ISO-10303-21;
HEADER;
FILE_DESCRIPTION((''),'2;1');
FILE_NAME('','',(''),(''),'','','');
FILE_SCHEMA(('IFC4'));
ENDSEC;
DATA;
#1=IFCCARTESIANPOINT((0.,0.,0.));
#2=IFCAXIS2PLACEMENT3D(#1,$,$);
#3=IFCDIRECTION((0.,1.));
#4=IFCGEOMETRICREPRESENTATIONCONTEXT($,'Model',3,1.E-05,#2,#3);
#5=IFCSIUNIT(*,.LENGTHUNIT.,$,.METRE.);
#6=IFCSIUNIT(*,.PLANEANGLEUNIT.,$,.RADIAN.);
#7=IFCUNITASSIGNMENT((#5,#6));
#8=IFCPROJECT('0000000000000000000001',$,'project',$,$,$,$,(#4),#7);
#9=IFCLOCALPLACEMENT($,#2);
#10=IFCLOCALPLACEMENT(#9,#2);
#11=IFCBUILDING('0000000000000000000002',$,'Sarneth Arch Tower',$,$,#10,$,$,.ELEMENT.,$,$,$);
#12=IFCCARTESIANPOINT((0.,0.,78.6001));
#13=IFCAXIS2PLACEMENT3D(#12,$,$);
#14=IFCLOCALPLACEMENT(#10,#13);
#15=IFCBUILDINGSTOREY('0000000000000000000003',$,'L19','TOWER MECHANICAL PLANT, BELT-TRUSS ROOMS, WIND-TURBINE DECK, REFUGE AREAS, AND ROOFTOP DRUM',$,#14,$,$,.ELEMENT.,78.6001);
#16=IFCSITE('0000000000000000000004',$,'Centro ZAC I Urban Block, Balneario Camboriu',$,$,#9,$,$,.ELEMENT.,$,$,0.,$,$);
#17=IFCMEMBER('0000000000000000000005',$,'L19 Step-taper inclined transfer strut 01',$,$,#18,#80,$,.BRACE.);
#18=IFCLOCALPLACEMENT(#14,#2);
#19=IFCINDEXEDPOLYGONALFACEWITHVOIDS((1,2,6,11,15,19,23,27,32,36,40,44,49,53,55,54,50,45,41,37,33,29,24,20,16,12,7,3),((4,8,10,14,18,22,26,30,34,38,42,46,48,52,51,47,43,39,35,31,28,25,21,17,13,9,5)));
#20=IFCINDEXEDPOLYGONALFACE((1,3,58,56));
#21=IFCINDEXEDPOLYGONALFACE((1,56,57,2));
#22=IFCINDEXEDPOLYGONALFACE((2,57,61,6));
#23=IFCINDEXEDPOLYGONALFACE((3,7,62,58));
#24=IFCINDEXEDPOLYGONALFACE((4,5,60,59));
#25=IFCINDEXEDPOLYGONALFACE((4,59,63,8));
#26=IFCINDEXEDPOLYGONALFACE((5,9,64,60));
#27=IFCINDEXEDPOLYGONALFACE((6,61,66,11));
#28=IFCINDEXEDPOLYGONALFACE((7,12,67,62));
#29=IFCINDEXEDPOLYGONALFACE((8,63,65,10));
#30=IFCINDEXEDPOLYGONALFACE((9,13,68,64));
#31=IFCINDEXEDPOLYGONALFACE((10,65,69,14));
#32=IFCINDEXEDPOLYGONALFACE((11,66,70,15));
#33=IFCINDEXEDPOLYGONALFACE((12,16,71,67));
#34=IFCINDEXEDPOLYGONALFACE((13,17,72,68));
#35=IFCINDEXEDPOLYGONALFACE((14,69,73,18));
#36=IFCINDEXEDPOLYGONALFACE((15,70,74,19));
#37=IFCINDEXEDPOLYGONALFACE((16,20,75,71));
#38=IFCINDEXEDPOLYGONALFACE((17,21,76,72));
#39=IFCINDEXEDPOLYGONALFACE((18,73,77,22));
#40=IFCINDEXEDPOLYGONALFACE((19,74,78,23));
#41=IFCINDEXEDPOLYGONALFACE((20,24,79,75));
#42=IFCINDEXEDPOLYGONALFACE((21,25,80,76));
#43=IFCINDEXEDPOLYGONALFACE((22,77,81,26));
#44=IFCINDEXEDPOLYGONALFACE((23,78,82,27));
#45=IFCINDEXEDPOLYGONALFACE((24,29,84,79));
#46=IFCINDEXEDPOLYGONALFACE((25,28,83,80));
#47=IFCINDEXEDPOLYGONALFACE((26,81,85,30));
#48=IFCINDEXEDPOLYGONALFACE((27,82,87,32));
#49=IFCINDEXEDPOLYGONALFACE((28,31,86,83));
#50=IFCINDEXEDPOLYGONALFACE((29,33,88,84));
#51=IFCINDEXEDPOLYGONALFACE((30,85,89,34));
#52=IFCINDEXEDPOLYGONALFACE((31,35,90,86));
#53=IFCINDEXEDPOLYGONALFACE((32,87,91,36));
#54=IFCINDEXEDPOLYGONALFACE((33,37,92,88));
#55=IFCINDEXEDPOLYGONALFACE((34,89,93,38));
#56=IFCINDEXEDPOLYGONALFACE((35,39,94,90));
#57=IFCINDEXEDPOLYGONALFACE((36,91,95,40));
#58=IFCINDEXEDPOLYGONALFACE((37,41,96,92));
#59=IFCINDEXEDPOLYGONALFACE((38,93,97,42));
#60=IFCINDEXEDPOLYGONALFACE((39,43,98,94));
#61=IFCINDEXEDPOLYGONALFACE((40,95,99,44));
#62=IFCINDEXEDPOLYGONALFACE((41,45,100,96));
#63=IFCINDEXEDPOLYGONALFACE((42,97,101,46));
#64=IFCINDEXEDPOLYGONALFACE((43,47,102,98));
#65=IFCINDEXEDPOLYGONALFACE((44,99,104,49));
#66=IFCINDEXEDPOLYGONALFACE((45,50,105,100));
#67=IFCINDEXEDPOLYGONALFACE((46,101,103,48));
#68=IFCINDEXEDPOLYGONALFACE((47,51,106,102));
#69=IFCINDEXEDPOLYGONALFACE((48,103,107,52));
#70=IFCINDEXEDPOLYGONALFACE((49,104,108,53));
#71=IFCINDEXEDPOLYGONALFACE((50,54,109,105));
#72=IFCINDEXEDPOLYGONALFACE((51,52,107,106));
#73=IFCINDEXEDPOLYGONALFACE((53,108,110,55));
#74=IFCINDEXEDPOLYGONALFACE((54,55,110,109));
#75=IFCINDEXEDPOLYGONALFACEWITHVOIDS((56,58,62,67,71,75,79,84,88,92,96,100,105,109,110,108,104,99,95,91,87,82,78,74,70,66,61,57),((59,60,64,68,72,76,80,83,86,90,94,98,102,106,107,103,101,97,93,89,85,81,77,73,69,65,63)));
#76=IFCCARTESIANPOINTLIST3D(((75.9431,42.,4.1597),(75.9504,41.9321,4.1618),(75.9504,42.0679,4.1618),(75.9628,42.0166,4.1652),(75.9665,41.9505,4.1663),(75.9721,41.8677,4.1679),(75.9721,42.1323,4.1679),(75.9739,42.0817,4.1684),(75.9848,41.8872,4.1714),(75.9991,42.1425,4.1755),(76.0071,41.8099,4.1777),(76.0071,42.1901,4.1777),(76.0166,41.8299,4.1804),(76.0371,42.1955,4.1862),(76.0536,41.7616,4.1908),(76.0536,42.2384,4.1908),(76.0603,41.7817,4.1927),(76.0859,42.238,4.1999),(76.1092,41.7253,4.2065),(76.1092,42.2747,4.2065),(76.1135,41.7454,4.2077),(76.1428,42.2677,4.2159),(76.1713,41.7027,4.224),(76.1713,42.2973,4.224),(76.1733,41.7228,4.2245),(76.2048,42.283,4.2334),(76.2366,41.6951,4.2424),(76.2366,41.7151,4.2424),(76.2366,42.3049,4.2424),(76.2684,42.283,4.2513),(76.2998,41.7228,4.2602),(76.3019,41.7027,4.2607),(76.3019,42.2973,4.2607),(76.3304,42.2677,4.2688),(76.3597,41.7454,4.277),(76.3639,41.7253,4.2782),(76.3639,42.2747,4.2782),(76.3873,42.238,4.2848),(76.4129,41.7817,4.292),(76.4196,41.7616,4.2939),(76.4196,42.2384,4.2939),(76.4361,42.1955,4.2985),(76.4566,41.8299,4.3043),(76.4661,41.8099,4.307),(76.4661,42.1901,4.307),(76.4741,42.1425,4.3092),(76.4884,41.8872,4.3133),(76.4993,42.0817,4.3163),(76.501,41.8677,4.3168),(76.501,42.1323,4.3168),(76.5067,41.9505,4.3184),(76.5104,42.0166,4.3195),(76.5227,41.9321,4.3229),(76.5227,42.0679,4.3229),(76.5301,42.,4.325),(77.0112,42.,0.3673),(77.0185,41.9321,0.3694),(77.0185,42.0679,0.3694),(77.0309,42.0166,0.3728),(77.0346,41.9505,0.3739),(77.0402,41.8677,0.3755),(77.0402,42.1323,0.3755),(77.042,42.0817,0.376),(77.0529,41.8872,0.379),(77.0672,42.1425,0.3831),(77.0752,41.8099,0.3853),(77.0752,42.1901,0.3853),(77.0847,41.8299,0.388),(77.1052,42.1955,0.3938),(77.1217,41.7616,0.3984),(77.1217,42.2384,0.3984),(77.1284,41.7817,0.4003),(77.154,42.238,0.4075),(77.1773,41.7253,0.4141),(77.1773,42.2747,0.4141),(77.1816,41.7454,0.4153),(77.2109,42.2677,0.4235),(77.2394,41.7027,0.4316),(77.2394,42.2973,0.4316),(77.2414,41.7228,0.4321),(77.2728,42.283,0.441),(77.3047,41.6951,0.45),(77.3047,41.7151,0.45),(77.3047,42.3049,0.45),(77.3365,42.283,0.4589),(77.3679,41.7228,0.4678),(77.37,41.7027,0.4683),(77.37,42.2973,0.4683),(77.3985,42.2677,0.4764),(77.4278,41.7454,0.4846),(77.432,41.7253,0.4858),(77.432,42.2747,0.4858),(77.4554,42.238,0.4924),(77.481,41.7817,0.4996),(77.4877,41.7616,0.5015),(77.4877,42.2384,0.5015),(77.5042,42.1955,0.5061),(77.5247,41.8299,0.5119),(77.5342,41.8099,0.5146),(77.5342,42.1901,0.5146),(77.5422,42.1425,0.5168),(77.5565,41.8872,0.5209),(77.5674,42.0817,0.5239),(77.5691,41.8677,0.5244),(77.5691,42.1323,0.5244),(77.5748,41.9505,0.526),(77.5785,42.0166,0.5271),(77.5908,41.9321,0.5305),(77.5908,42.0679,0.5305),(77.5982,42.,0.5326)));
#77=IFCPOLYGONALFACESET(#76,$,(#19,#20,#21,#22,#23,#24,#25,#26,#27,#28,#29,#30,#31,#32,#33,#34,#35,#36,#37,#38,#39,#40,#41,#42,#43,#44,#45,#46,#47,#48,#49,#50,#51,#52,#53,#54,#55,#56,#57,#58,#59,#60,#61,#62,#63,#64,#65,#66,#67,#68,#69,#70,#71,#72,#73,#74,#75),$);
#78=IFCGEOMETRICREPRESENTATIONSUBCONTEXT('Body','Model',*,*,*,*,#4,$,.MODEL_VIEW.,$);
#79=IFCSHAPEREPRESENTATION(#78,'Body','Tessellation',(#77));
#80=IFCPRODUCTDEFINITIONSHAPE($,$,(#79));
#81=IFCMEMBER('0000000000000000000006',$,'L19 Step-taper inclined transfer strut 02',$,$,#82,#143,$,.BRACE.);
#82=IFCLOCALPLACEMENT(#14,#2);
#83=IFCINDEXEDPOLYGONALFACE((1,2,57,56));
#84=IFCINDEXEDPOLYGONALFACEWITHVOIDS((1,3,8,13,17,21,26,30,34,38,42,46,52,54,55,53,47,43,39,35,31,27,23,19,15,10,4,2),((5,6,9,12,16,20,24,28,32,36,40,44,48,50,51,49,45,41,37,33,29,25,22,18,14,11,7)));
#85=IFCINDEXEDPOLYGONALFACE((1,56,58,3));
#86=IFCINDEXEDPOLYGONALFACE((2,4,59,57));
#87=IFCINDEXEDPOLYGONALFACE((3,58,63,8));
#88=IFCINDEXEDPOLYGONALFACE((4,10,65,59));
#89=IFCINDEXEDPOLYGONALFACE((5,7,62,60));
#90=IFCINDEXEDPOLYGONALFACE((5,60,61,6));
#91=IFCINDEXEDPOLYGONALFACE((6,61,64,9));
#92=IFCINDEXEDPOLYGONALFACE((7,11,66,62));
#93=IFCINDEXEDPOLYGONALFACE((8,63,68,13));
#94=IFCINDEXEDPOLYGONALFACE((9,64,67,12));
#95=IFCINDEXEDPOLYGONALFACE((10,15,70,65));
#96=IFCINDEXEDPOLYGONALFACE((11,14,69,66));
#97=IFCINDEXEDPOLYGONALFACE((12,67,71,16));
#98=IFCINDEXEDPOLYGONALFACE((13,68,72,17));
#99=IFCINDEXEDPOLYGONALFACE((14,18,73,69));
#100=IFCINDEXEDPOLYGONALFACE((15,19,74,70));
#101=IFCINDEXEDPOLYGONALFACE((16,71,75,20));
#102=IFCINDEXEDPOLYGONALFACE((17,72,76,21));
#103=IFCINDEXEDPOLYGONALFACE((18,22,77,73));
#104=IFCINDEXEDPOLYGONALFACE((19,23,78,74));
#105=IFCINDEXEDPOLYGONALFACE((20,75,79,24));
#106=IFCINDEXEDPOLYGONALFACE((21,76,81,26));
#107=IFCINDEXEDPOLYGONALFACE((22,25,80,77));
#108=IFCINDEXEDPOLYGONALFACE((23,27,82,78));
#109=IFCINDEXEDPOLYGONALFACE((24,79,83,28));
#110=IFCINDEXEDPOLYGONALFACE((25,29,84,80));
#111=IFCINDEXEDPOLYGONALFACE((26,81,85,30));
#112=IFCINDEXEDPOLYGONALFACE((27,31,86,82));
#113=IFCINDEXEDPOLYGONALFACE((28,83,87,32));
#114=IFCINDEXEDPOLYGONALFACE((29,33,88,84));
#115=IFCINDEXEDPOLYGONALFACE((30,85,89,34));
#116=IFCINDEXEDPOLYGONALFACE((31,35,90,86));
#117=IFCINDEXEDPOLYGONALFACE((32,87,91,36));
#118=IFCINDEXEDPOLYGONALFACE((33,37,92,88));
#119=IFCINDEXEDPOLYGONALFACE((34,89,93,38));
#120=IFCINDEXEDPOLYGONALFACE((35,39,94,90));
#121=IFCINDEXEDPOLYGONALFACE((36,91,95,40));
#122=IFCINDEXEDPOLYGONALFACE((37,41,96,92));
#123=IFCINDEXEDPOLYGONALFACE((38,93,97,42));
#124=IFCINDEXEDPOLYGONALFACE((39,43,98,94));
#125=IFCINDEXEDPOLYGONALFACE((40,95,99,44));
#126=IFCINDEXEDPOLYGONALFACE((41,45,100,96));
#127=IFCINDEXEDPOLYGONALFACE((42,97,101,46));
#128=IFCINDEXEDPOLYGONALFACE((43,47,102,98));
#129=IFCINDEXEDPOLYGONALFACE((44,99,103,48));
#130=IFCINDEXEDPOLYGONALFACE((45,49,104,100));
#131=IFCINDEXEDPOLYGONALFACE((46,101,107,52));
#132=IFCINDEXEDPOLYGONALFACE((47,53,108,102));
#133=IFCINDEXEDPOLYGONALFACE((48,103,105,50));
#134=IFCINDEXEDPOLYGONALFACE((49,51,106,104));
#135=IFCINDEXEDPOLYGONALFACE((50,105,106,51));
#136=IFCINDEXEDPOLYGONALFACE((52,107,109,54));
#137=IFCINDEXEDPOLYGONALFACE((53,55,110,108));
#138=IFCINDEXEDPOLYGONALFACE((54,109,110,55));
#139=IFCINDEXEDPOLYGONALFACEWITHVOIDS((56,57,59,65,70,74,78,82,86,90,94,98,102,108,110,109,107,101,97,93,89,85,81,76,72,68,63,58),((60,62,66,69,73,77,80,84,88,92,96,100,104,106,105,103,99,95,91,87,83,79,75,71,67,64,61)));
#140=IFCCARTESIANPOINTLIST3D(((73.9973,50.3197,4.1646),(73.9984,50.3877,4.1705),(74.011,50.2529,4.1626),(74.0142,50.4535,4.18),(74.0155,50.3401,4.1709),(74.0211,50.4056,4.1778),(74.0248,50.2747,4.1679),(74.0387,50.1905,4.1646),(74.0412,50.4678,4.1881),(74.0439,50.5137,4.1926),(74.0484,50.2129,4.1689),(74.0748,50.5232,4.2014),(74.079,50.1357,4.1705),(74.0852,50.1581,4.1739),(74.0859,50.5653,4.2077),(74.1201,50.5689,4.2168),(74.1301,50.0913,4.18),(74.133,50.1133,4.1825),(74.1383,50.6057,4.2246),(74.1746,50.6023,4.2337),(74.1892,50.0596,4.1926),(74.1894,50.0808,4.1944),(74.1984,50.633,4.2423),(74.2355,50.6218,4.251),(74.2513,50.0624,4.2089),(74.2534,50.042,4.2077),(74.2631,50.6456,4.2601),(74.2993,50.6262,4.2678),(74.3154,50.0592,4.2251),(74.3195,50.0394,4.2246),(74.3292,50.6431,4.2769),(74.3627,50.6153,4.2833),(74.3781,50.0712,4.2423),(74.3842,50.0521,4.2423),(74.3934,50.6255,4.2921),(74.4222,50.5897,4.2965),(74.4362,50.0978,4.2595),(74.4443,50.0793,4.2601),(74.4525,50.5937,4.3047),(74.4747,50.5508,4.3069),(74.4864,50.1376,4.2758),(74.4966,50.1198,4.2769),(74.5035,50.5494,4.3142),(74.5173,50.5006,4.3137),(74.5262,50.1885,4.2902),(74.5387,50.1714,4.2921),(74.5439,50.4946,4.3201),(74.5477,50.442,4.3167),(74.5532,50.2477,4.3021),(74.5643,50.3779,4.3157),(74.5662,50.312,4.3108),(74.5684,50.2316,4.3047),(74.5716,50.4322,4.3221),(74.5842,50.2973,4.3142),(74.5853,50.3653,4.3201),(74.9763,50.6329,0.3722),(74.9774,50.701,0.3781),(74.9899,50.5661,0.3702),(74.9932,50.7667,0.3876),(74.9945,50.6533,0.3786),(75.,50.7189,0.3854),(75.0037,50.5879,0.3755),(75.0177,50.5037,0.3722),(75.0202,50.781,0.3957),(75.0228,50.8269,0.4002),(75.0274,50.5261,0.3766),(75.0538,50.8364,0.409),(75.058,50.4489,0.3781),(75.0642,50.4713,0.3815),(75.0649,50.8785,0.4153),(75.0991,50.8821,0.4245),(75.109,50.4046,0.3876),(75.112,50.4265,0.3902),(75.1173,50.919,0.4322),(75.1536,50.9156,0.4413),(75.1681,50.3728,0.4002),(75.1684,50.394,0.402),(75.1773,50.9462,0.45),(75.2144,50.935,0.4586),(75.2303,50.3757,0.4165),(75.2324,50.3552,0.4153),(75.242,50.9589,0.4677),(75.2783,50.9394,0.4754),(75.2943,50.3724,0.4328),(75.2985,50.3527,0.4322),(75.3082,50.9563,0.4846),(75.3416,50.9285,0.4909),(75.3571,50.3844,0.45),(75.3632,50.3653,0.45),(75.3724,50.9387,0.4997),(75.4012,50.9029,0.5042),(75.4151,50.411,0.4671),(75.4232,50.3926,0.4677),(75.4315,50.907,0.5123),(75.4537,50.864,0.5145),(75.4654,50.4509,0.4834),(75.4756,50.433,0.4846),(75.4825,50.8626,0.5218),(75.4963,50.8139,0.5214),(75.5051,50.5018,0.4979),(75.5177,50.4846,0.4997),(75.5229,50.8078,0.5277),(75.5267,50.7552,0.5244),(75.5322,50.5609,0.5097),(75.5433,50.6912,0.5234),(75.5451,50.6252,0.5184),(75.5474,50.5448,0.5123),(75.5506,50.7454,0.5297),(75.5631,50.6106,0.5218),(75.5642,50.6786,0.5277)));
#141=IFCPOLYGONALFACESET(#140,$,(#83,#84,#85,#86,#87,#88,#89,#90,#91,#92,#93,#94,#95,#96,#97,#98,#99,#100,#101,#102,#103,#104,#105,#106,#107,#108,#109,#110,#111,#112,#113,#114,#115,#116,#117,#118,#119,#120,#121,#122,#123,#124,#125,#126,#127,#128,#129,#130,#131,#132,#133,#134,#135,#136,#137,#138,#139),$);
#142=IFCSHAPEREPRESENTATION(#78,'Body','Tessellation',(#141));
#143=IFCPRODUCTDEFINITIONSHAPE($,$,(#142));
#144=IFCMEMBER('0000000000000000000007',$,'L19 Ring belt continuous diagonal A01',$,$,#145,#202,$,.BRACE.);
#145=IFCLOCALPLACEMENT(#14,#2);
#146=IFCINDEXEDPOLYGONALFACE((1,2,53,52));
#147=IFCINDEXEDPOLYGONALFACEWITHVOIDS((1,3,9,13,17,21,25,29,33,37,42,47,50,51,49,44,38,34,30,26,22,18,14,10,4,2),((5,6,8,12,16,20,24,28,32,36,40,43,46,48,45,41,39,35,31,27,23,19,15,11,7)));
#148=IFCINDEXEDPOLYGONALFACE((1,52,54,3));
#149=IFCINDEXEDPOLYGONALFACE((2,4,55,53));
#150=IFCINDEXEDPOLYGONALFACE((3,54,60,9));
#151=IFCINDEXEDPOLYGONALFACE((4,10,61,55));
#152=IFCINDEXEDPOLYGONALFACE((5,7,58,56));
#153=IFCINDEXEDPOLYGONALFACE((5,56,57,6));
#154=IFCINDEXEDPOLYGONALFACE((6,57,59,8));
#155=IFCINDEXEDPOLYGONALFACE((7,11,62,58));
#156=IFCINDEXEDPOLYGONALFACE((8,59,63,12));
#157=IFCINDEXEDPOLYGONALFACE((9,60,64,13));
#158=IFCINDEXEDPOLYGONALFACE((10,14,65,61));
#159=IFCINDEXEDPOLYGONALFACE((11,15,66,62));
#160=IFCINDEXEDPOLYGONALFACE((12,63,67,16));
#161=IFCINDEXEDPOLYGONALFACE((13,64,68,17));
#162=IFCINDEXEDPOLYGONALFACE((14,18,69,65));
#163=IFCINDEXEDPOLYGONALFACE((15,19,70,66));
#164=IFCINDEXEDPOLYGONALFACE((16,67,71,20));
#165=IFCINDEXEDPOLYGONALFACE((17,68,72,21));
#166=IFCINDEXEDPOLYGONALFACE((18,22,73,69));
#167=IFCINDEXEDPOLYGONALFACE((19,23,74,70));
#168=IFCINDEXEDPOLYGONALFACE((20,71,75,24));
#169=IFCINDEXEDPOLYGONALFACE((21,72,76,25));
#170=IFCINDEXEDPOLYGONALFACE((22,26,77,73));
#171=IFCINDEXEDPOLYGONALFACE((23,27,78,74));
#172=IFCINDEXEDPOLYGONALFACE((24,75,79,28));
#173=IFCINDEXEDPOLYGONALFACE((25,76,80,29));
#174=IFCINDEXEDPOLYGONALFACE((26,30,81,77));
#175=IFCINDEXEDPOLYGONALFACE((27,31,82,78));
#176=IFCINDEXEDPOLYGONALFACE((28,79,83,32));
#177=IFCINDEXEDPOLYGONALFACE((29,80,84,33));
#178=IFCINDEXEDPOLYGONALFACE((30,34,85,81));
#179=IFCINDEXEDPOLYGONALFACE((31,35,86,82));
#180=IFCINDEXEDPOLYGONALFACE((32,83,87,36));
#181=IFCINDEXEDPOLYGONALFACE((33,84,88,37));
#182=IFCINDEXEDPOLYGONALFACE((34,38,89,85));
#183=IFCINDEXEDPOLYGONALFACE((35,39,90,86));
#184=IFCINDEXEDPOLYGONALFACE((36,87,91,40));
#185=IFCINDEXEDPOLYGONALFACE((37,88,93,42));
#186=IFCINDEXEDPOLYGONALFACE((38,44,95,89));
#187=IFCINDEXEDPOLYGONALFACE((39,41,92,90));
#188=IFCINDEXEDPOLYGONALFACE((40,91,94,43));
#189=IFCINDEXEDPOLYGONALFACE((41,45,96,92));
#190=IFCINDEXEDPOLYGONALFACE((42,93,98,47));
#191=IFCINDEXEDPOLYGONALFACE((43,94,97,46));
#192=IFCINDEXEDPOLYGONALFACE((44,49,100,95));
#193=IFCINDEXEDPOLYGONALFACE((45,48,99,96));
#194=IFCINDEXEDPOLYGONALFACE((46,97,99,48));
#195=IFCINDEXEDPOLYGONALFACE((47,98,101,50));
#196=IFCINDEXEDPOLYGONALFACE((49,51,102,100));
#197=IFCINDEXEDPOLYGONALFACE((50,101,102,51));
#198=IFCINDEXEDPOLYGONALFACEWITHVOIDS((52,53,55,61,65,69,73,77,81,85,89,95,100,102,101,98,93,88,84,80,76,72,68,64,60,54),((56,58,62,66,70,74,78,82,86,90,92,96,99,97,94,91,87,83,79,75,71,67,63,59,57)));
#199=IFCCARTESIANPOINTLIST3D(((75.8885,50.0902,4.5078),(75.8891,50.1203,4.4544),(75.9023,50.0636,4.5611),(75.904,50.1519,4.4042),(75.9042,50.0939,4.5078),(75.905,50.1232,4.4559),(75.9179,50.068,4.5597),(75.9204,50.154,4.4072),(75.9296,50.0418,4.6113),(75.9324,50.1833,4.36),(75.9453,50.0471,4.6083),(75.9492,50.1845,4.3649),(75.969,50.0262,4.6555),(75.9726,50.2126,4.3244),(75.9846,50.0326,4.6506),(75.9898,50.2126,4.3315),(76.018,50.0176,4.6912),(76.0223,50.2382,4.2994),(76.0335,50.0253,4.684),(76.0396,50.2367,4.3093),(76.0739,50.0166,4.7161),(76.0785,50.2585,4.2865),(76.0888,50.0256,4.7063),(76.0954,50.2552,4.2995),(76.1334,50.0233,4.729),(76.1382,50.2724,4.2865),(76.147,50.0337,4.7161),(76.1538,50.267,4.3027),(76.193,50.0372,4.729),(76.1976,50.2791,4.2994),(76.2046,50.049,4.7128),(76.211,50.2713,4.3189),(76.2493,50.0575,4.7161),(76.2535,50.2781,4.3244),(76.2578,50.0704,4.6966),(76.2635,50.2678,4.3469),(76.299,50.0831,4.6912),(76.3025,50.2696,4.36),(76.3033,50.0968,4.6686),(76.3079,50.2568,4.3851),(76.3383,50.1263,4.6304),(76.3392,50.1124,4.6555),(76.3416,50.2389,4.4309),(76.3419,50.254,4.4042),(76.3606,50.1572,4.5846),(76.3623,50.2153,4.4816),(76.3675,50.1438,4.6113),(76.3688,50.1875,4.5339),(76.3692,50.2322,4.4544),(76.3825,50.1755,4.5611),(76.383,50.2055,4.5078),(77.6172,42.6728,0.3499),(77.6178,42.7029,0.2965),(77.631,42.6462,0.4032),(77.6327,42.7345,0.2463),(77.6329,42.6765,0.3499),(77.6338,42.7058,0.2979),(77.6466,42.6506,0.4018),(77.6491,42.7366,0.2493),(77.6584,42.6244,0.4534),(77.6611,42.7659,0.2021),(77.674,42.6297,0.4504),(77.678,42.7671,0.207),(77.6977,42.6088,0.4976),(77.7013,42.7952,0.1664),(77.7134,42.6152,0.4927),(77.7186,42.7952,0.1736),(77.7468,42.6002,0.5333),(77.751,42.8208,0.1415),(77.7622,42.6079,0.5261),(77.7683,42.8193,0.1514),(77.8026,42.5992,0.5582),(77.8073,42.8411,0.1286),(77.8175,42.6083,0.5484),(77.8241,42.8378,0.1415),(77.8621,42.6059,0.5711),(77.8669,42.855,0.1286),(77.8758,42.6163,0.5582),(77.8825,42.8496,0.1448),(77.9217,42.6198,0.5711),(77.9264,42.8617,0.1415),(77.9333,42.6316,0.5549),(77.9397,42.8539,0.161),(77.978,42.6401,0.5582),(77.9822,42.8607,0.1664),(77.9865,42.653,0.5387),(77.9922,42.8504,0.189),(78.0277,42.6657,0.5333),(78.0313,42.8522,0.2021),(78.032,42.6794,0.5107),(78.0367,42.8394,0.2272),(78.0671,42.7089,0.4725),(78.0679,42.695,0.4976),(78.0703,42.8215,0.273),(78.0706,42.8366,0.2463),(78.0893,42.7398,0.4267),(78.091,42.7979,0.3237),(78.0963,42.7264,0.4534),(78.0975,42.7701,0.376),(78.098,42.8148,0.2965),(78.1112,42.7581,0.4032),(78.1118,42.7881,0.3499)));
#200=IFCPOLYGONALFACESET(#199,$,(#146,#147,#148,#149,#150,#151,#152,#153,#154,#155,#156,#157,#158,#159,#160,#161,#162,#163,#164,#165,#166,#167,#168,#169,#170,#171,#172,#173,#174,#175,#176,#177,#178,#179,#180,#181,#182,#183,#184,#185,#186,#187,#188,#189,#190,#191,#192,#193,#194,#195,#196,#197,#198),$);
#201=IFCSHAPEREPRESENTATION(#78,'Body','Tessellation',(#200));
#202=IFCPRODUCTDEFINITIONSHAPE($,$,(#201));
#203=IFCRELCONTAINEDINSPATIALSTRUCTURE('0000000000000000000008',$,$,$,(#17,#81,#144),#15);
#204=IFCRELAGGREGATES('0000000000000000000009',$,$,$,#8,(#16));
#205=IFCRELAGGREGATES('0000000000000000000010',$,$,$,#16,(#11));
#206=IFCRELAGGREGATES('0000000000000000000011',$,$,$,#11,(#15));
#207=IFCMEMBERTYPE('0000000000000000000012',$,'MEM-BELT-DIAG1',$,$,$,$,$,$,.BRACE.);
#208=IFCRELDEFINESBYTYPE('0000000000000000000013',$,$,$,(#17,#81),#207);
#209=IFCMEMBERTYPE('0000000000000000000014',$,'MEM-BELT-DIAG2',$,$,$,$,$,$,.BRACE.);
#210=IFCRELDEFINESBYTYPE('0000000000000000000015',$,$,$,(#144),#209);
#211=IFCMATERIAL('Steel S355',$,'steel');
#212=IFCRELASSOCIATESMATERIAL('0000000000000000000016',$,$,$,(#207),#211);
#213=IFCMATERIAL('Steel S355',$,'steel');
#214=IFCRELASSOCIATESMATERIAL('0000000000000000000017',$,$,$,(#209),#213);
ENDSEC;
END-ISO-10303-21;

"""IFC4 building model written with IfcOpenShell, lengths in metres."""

from ifc_helpers import new_model, si_unit, direction, frame, origin, origin_2d, place, context, subcontext, project, spatial, hollow_circle, extrude, material, material_profile, profile_set, type_object, element, save


model = new_model("IFC4")

# Units and contexts
model_context = context("Model", 3, precision=1e-05, world=origin(), true_north=direction((0.0, 1.0)))
body_context = subcontext(model_context, "Body", "Model", "MODEL_VIEW")
ifc_project = project(units=[si_unit("LENGTHUNIT", "METRE"), si_unit("PLANEANGLEUNIT", "RADIAN")], contexts=[model_context])

# Site, building, storey
site_placement = place(None, origin())
site = spatial("IfcSite", under=ifc_project, at=site_placement, Name="Centro ZAC I Urban Block, Balneario Camboriu", CompositionType="ELEMENT", RefElevation=0.0)
building_placement = place(site_placement, origin())
building = spatial("IfcBuilding", under=site, at=building_placement, Name="Sarneth Arch Tower", CompositionType="ELEMENT")
storey_placement = place(building_placement, frame((0.0, 0.0, 78.6001)))
storey = spatial("IfcBuildingStorey", under=building, at=storey_placement, Name="L19", Description="TOWER MECHANICAL PLANT, BELT-TRUSS ROOMS, WIND-TURBINE DECK, REFUGE AREAS, AND ROOFTOP DRUM", CompositionType="ELEMENT", Elevation=78.6001)

# Members
ifc_material_1 = material(Name="Steel S355", Category="steel")
ifc_material_profile_1 = material_profile(ifc_material_1, hollow_circle(Radius=0.3049, WallThickness=0.02, at=origin_2d()), Name="CHS610x20")
ifc_profile_set_1 = profile_set([ifc_material_profile_1], Name="Steel S355")
member_type_1 = type_object("IfcMemberType", Name="MEM-BELT-DIAG1", PredefinedType="BRACE", material=ifc_profile_set_1)
member_1_placement = place(storey_placement, frame((77.3047, 42.0, 0.45), z_axis=(-0.271094, 0.0, 0.962553), x_axis=(0.0, -1.0, 0.0)))
element("IfcMember", 1, at=member_1_placement, inside=storey, type_object=member_type_1, Name="L19 Step-taper inclined transfer strut 01", PredefinedType="BRACE", context=body_context, shape_type="SweptSolid", body=[
    extrude(hollow_circle(Radius=0.3049, WallThickness=0.02, at=origin_2d()), origin(), (0.0, 0.0, 1.0), 3.9399),
])
member_2_placement = place(storey_placement, frame((75.2703, 50.6558, 0.45), z_axis=(-0.249154, -0.079717, 0.965177), x_axis=(0.304733, -0.952438, 0.0)))
element("IfcMember", 2, at=member_2_placement, inside=storey, type_object=member_type_1, Name="L19 Step-taper inclined transfer strut 02", PredefinedType="BRACE", context=body_context, shape_type="SweptSolid", body=[
    extrude(hollow_circle(Radius=0.3049, WallThickness=0.02, at=origin_2d()), origin(), (0.0, 0.0, 1.0), 3.9292),
])
ifc_material_2 = material(Name="Steel S355", Category="steel")
ifc_material_profile_2 = material_profile(ifc_material_2, hollow_circle(Radius=0.2539, WallThickness=0.0161, at=origin_2d()), Name="CHS508x16")
ifc_profile_set_2 = profile_set([ifc_material_profile_2], Name="Steel S355")
member_type_2 = type_object("IfcMemberType", Name="MEM-BELT-DIAG2", PredefinedType="BRACE", material=ifc_profile_set_2)
member_3_placement = place(storey_placement, frame((77.8645, 42.7305, 0.3499), z_axis=(-0.199227, 0.85481, 0.479174), x_axis=(-0.973899, -0.226982, 0.0)))
element("IfcMember", 3, at=member_3_placement, inside=storey, type_object=member_type_2, Name="L19 Ring belt continuous diagonal A01", PredefinedType="BRACE", context=body_context, shape_type="SweptSolid", body=[
    extrude(hollow_circle(Radius=0.2539, WallThickness=0.0161, at=origin_2d()), origin(), (0.0, 0.0, 1.0), 8.6772),
])

save(model, "model.ifc")
